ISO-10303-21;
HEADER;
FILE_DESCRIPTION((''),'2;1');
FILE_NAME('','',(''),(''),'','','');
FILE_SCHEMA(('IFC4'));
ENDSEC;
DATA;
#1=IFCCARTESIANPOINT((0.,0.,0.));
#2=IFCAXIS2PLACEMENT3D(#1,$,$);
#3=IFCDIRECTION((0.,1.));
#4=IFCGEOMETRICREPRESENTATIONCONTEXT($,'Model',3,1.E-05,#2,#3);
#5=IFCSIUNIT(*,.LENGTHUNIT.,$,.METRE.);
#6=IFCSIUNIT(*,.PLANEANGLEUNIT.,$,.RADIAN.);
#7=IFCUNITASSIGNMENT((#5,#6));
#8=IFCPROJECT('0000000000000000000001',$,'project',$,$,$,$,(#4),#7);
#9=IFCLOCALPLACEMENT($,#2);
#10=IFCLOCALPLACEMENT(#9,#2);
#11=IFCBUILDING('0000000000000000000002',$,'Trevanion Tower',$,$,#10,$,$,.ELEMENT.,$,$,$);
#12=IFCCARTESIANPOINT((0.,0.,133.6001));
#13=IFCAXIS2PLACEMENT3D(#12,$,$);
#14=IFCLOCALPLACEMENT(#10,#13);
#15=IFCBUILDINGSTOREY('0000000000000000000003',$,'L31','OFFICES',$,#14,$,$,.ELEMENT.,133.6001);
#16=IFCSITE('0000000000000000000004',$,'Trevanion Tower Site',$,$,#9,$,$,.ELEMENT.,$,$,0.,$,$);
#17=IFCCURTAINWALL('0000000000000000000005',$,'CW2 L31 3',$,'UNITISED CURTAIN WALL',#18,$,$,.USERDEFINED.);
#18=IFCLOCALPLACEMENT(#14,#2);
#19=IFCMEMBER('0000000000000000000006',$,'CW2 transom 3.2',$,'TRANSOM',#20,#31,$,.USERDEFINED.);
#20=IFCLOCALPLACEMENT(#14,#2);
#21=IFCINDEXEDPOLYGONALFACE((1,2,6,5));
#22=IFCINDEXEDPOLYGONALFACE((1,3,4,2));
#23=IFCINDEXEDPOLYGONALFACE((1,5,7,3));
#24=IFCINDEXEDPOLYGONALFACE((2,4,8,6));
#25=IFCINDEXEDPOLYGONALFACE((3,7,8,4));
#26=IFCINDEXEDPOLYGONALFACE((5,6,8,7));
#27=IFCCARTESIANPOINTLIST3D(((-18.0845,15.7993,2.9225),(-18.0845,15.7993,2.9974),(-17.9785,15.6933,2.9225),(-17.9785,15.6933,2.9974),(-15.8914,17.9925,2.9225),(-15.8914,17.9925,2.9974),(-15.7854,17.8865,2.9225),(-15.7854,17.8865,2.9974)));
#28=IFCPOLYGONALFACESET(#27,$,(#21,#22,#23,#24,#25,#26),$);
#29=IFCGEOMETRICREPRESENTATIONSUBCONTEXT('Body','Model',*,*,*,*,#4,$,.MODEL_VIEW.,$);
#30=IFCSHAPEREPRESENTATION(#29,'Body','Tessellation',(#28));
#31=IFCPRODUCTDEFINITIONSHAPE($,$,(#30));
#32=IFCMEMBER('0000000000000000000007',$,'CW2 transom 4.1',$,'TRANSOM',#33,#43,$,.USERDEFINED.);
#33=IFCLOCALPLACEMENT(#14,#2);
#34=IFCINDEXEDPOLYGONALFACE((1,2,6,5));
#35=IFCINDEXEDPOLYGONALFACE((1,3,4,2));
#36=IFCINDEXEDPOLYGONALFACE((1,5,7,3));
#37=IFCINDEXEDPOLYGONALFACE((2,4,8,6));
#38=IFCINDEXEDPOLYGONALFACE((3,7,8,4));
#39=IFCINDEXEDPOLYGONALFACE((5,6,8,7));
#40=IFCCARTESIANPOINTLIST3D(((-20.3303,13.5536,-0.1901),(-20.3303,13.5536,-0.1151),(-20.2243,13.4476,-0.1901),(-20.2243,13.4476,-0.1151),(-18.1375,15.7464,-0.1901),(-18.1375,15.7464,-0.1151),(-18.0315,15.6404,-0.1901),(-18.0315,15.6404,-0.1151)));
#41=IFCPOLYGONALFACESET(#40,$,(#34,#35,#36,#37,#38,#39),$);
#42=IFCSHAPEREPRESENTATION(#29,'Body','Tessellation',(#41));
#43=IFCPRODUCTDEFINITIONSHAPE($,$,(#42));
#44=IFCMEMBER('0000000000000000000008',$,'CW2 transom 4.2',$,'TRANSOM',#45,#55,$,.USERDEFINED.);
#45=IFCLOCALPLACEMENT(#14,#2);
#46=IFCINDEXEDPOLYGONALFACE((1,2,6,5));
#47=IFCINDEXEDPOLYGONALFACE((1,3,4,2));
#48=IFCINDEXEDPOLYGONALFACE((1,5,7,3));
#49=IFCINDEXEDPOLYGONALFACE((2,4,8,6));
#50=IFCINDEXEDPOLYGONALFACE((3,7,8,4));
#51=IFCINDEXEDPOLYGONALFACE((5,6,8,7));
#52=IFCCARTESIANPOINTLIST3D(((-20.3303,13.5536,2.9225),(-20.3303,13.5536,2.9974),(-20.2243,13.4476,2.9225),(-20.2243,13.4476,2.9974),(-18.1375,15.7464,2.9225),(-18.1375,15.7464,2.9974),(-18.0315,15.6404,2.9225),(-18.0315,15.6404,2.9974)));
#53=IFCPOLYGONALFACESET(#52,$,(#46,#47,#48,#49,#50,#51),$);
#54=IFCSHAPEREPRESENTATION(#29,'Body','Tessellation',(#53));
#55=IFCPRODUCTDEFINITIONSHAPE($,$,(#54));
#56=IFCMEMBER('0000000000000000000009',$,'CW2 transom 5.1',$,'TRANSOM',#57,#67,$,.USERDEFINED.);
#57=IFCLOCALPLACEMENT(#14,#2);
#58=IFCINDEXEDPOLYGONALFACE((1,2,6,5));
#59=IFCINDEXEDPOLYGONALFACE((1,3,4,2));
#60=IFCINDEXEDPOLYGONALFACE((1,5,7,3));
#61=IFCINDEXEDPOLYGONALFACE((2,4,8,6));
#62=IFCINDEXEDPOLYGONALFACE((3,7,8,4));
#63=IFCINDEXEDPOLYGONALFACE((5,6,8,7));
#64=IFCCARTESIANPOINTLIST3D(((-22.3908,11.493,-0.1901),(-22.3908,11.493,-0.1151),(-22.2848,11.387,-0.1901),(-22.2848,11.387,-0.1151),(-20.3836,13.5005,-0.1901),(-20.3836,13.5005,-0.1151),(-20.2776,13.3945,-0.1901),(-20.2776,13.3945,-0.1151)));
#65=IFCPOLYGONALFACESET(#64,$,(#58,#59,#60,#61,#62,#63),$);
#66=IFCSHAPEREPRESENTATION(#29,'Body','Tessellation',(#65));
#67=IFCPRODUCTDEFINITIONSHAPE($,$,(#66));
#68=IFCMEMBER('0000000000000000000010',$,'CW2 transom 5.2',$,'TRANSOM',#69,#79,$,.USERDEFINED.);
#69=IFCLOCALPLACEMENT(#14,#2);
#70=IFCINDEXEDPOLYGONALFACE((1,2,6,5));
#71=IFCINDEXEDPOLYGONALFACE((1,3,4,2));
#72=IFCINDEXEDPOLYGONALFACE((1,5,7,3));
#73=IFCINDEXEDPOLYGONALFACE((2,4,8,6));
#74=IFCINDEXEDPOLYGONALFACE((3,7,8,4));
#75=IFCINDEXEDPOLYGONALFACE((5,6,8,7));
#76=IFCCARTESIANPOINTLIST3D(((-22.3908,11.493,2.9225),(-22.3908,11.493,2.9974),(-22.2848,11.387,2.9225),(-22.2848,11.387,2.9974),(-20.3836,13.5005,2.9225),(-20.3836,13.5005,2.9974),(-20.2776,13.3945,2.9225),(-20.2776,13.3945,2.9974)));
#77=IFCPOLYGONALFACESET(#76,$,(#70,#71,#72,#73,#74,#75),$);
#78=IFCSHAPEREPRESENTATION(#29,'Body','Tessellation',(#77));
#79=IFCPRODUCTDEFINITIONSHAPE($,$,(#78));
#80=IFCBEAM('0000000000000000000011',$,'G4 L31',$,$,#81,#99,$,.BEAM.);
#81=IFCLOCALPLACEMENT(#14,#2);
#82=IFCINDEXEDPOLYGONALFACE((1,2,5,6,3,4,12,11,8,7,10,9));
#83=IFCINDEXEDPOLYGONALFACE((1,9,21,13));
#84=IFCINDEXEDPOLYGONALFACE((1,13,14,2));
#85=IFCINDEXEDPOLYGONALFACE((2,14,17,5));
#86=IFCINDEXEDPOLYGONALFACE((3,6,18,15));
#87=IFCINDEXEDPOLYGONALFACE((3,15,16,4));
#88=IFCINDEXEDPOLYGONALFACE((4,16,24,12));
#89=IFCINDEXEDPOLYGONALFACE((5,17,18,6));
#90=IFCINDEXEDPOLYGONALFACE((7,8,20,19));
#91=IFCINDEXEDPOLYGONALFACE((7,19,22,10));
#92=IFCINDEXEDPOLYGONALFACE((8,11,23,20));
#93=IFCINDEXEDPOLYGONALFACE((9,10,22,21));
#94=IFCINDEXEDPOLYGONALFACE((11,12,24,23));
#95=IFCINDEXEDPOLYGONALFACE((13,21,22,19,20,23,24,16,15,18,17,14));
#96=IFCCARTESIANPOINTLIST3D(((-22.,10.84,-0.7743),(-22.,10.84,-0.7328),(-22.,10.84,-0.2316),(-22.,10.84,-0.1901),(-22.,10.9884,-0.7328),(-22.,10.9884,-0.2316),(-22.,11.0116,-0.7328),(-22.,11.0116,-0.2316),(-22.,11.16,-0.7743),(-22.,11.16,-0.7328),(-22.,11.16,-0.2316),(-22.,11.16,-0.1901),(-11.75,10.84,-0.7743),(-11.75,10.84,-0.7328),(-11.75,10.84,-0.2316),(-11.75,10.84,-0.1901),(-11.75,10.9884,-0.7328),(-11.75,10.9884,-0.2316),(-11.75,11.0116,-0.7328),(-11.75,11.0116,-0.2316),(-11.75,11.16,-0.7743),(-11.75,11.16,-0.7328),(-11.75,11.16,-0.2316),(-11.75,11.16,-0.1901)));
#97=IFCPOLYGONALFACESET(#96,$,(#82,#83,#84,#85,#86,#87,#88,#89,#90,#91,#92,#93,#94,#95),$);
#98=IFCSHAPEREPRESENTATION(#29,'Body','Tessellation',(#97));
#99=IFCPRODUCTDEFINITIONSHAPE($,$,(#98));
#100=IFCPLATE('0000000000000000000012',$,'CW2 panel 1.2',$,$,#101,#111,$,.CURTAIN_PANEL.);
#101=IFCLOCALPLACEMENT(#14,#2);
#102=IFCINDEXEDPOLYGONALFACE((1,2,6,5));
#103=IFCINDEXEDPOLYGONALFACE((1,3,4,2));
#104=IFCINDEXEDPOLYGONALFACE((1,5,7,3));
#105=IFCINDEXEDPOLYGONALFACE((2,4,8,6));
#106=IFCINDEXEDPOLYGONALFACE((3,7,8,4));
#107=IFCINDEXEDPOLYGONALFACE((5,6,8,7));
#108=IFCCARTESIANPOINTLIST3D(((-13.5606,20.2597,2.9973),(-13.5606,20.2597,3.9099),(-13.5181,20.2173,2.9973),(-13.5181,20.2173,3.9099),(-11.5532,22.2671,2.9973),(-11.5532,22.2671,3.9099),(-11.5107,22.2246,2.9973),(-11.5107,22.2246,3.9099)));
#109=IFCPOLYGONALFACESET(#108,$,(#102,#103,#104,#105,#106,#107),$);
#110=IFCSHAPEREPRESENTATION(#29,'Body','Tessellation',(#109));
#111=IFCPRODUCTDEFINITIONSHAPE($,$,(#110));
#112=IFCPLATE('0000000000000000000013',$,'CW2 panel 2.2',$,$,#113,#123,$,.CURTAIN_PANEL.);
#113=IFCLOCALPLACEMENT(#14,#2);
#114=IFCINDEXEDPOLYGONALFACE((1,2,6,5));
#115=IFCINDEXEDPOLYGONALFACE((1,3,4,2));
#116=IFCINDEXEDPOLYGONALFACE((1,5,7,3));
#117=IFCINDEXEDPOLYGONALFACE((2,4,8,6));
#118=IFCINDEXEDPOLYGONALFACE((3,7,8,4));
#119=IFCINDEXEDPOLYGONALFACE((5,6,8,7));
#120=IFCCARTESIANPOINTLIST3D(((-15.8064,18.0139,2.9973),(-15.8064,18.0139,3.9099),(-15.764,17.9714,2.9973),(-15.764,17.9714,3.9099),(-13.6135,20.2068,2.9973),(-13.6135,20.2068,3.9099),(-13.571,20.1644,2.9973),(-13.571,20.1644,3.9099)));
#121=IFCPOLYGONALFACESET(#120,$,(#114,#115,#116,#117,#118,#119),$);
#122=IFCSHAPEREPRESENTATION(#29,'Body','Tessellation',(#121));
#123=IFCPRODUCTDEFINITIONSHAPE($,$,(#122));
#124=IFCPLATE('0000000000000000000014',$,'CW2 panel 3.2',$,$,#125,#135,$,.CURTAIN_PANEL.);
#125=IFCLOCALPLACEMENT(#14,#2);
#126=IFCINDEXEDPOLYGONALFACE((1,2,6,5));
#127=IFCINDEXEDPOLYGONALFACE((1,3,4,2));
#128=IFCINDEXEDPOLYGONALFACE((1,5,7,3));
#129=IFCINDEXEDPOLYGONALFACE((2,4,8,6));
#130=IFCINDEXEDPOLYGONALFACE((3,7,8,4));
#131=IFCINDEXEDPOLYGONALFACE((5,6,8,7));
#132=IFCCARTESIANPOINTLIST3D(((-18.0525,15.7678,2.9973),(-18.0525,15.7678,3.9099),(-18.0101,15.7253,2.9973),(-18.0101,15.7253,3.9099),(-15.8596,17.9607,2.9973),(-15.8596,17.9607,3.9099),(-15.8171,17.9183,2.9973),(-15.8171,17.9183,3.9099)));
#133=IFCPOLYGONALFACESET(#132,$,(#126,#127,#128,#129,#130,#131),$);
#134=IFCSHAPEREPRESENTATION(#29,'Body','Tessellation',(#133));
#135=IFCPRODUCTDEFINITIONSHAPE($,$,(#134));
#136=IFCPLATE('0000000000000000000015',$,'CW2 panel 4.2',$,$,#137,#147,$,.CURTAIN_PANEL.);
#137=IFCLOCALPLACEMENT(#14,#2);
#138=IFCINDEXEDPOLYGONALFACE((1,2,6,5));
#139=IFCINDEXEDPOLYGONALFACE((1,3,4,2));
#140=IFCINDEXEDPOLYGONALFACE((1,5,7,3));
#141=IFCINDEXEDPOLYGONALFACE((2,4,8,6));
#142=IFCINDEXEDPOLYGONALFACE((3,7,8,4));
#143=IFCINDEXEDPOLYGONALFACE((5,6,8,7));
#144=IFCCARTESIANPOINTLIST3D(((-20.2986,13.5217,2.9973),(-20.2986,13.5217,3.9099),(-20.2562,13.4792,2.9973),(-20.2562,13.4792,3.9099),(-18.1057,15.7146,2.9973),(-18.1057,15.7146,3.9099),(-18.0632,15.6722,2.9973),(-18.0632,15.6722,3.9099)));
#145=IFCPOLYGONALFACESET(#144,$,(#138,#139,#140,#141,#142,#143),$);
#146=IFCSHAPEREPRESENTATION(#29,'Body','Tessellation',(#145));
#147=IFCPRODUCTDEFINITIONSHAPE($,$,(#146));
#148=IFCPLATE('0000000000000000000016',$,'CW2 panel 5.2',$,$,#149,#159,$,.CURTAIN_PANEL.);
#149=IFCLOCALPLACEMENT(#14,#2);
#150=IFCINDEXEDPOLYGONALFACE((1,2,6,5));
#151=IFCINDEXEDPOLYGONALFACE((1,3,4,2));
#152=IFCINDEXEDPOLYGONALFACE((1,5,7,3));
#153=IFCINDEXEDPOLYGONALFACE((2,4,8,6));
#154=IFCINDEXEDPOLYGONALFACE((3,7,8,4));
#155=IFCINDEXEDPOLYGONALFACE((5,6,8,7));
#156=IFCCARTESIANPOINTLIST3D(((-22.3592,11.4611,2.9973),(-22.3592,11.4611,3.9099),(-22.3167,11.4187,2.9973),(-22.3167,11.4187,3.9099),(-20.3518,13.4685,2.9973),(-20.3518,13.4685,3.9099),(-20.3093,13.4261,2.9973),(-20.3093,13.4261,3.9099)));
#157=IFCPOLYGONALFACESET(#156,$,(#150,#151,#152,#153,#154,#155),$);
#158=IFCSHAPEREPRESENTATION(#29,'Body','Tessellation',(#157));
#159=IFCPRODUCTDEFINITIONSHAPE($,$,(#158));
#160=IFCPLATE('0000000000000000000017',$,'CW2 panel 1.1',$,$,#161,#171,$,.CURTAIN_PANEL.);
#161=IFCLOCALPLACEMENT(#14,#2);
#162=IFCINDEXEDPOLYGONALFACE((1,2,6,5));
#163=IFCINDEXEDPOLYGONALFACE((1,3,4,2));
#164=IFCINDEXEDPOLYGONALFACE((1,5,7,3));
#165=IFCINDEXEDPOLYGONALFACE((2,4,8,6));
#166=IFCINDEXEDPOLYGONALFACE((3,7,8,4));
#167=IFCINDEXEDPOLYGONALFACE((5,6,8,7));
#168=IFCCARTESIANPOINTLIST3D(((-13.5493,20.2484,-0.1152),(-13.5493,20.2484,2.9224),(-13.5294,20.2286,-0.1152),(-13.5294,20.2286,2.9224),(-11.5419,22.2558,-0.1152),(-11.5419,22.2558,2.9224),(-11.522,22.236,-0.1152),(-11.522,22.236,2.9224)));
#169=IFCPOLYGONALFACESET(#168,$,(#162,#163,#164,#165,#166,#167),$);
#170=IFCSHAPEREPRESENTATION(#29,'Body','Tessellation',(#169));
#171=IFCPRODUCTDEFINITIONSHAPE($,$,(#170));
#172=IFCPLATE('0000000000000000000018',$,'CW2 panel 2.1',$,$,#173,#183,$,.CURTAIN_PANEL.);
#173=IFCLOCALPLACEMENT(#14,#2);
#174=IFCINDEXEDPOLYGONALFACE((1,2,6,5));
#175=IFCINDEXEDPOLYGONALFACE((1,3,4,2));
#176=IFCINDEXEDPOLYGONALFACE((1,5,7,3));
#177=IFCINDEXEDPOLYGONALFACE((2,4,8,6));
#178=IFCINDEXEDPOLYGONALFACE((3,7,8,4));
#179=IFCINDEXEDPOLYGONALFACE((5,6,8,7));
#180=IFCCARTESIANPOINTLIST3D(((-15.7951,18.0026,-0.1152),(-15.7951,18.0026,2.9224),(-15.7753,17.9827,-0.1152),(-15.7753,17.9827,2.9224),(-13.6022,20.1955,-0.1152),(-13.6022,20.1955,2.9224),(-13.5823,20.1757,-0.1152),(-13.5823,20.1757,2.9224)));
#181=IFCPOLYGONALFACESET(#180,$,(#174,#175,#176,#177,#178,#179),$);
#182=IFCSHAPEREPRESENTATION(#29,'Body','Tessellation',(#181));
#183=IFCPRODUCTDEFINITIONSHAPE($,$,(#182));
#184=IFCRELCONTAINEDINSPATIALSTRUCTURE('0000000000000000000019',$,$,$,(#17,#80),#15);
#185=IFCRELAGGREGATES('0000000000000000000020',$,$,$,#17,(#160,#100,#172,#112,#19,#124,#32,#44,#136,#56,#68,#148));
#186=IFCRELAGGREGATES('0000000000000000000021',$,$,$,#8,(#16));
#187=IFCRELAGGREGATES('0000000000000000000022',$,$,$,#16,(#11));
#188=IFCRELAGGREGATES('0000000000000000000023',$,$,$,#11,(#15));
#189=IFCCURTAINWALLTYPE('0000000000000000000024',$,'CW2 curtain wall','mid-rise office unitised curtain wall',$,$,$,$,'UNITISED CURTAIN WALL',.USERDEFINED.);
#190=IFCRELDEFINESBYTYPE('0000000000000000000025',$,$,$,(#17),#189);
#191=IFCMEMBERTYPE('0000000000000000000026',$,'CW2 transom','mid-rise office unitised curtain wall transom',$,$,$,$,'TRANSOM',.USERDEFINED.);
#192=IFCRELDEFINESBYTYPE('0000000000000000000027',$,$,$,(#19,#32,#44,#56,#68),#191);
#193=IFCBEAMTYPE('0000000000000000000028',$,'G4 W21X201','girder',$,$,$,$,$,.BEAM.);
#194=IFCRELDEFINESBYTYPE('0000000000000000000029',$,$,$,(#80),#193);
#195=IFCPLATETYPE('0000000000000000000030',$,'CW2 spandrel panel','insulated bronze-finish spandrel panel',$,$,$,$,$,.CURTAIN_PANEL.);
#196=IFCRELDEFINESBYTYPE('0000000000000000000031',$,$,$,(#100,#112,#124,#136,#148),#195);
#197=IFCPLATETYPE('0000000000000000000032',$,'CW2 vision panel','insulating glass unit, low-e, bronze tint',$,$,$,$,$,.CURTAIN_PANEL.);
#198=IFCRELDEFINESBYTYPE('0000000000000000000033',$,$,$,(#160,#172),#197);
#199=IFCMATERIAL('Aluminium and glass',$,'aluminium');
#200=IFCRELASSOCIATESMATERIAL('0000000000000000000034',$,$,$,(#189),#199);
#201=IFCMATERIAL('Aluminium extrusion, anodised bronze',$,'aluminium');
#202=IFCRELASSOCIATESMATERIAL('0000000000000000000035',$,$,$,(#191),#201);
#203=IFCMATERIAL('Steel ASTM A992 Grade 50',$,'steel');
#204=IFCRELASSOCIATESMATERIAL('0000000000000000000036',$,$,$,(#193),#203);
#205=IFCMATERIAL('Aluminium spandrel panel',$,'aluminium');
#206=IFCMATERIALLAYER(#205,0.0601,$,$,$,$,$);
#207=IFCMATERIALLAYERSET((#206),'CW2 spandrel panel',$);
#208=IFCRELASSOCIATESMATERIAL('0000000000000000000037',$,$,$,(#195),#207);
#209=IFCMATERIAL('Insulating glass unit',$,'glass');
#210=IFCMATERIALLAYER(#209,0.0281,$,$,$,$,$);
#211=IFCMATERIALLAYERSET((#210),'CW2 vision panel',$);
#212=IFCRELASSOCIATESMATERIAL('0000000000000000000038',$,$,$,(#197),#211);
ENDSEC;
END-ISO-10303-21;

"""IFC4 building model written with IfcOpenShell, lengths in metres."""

from ifc_helpers import new_model, si_unit, direction, frame, origin, origin_2d, place, context, subcontext, project, spatial, rectangle, i_section, extrude, material, layer, layer_set, material_profile, profile_set, type_object, element, aggregate, save


model = new_model("IFC4")

# Units and contexts
model_context = context("Model", 3, precision=1e-05, world=origin(), true_north=direction((0.0, 1.0)))
body_context = subcontext(model_context, "Body", "Model", "MODEL_VIEW")
ifc_project = project(units=[si_unit("LENGTHUNIT", "METRE"), si_unit("PLANEANGLEUNIT", "RADIAN")], contexts=[model_context])

# Site, building, storey
site_placement = place(None, origin())
site = spatial("IfcSite", under=ifc_project, at=site_placement, Name="Trevanion Tower Site", CompositionType="ELEMENT", RefElevation=0.0)
building_placement = place(site_placement, origin())
building = spatial("IfcBuilding", under=site, at=building_placement, Name="Trevanion Tower", CompositionType="ELEMENT")
storey_placement = place(building_placement, frame((0.0, 0.0, 133.6001)))
storey = spatial("IfcBuildingStorey", under=building, at=storey_placement, Name="L31", Description="OFFICES", CompositionType="ELEMENT", Elevation=133.6001)

# Curtain wall
ifc_material_1 = material(Name="Aluminium and glass", Category="aluminium")
curtain_wall_type = type_object("IfcCurtainWallType", Name="CW2 curtain wall", Description="mid-rise office unitised curtain wall", ElementType="UNITISED CURTAIN WALL", PredefinedType="USERDEFINED", material=ifc_material_1)
curtain_wall_1_placement = place(storey_placement, origin())
curtain_wall_1 = element("IfcCurtainWall", 1, at=curtain_wall_1_placement, inside=storey, type_object=curtain_wall_type, Name="CW2 L31 3", ObjectType="UNITISED CURTAIN WALL", PredefinedType="USERDEFINED")

# Members
ifc_material_2 = material(Name="Aluminium extrusion, anodised bronze", Category="aluminium")
ifc_material_profile_1 = material_profile(ifc_material_2, rectangle(XDim=0.1499, YDim=0.075, at=origin_2d()), Name="CW2 transom")
ifc_profile_set_1 = profile_set([ifc_material_profile_1], Name="Aluminium extrusion, anodised bronze")
member_type_1 = type_object("IfcMemberType", Name="CW2 transom", Description="mid-rise office unitised curtain wall transom", ElementType="TRANSOM", PredefinedType="USERDEFINED", material=ifc_profile_set_1)
member_1_placement = place(storey_placement, frame((-15.8384, 17.9395, 2.96), z_axis=(-0.707107, -0.707107, 0.0), x_axis=(0.707107, -0.707107, 0.0)))
member_1 = element("IfcMember", 2, at=member_1_placement, type_object=member_type_1, Name="CW2 transom 3.2", ObjectType="TRANSOM", PredefinedType="USERDEFINED", context=body_context, shape_type="SweptSolid", body=[
    extrude(rectangle(XDim=0.1499, YDim=0.075, at=origin_2d()), origin(), (0.0, 0.0, 1.0), 3.1016),
])
member_2_placement = place(storey_placement, frame((-18.0845, 15.6934, -0.1526), z_axis=(-0.707107, -0.707107, 0.0), x_axis=(0.707107, -0.707107, 0.0)))
member_2 = element("IfcMember", 3, at=member_2_placement, type_object=member_type_1, Name="CW2 transom 4.1", ObjectType="TRANSOM", PredefinedType="USERDEFINED", context=body_context, shape_type="SweptSolid", body=[
    extrude(rectangle(XDim=0.1499, YDim=0.075, at=origin_2d()), origin(), (0.0, 0.0, 1.0), 3.1011),
])
member_3_placement = place(storey_placement, frame((-18.0845, 15.6934, 2.96), z_axis=(-0.707107, -0.707107, 0.0), x_axis=(0.707107, -0.707107, 0.0)))
member_3 = element("IfcMember", 4, at=member_3_placement, type_object=member_type_1, Name="CW2 transom 4.2", ObjectType="TRANSOM", PredefinedType="USERDEFINED", context=body_context, shape_type="SweptSolid", body=[
    extrude(rectangle(XDim=0.1499, YDim=0.075, at=origin_2d()), origin(), (0.0, 0.0, 1.0), 3.1011),
])
member_4_placement = place(storey_placement, frame((-20.3306, 13.4475, -0.1526), z_axis=(-0.707064, -0.70715, 0.0), x_axis=(0.70715, -0.707064, 0.0)))
member_4 = element("IfcMember", 5, at=member_4_placement, type_object=member_type_1, Name="CW2 transom 5.1", ObjectType="TRANSOM", PredefinedType="USERDEFINED", context=body_context, shape_type="SweptSolid", body=[
    extrude(rectangle(XDim=0.1499, YDim=0.075, at=origin_2d()), origin(), (0.0, 0.0, 1.0), 2.8389),
])
member_5_placement = place(storey_placement, frame((-20.3306, 13.4475, 2.96), z_axis=(-0.707064, -0.70715, 0.0), x_axis=(0.70715, -0.707064, 0.0)))
member_5 = element("IfcMember", 6, at=member_5_placement, type_object=member_type_1, Name="CW2 transom 5.2", ObjectType="TRANSOM", PredefinedType="USERDEFINED", context=body_context, shape_type="SweptSolid", body=[
    extrude(rectangle(XDim=0.1499, YDim=0.075, at=origin_2d()), origin(), (0.0, 0.0, 1.0), 2.8389),
])

# Beam
ifc_material_3 = material(Name="Steel ASTM A992 Grade 50", Category="steel")
ifc_material_profile_2 = material_profile(ifc_material_3, i_section(OverallWidth=0.3201, OverallDepth=0.5842, WebThickness=0.0232, FlangeThickness=0.0415, at=origin_2d()), Name="W21X201")
ifc_profile_set_2 = profile_set([ifc_material_profile_2], Name="Steel ASTM A992 Grade 50")
beam_type_1 = type_object("IfcBeamType", Name="G4 W21X201", Description="girder", PredefinedType="BEAM", material=ifc_profile_set_2)
beam_1_placement = place(storey_placement, frame((-11.75, 11.0, -0.4822), z_axis=(-1.0, 0.0, 0.0), x_axis=(0.0, -1.0, 0.0)))
element("IfcBeam", 7, at=beam_1_placement, inside=storey, type_object=beam_type_1, Name="G4 L31", PredefinedType="BEAM", context=body_context, shape_type="SweptSolid", body=[
    extrude(i_section(OverallWidth=0.3201, OverallDepth=0.5842, WebThickness=0.0232, FlangeThickness=0.0415, at=origin_2d()), origin(), (0.0, 0.0, 1.0), 10.25),
])

# Plates
ifc_material_4 = material(Name="Aluminium spandrel panel", Category="aluminium")
ifc_layer_1 = layer(ifc_material_4, 0.0601)
ifc_layer_set_1 = layer_set([ifc_layer_1], Name="CW2 spandrel panel")
plate_type_1 = type_object("IfcPlateType", Name="CW2 spandrel panel", Description="insulated bronze-finish spandrel panel", PredefinedType="CURTAIN_PANEL", material=ifc_layer_set_1)
plate_1_placement = place(storey_placement, frame((-12.5356, 21.2422, 2.9973), z_axis=(0.0, 0.0, 1.0), x_axis=(-0.707107, -0.707107, 0.0)))
plate_1 = element("IfcPlate", 8, at=plate_1_placement, type_object=plate_type_1, Name="CW2 panel 1.2", PredefinedType="CURTAIN_PANEL", context=body_context, shape_type="SweptSolid", body=[
    extrude(rectangle(XDim=2.8389, YDim=0.0601, at=origin_2d()), origin(), (0.0, 0.0, 1.0), 0.9126),
])
plate_2_placement = place(storey_placement, frame((-14.6887, 19.0891, 2.9973), z_axis=(0.0, 0.0, 1.0), x_axis=(-0.707107, -0.707107, 0.0)))
plate_2 = element("IfcPlate", 9, at=plate_2_placement, type_object=plate_type_1, Name="CW2 panel 2.2", PredefinedType="CURTAIN_PANEL", context=body_context, shape_type="SweptSolid", body=[
    extrude(rectangle(XDim=3.1013, YDim=0.0601, at=origin_2d()), origin(), (0.0, 0.0, 1.0), 0.9126),
])
plate_3_placement = place(storey_placement, frame((-16.9348, 16.843, 2.9973), z_axis=(0.0, 0.0, 1.0), x_axis=(-0.707107, -0.707107, 0.0)))
plate_3 = element("IfcPlate", 10, at=plate_3_placement, type_object=plate_type_1, Name="CW2 panel 3.2", PredefinedType="CURTAIN_PANEL", context=body_context, shape_type="SweptSolid", body=[
    extrude(rectangle(XDim=3.1013, YDim=0.0601, at=origin_2d()), origin(), (0.0, 0.0, 1.0), 0.9126),
])
plate_4_placement = place(storey_placement, frame((-19.1809, 14.5969, 2.9973), z_axis=(0.0, 0.0, 1.0), x_axis=(-0.707107, -0.707107, 0.0)))
plate_4 = element("IfcPlate", 11, at=plate_4_placement, type_object=plate_type_1, Name="CW2 panel 4.2", PredefinedType="CURTAIN_PANEL", context=body_context, shape_type="SweptSolid", body=[
    extrude(rectangle(XDim=3.1013, YDim=0.0601, at=origin_2d()), origin(), (0.0, 0.0, 1.0), 0.9126),
])
plate_5_placement = place(storey_placement, frame((-21.3342, 12.4436, 2.9973), z_axis=(0.0, 0.0, 1.0), x_axis=(-0.707107, -0.707107, 0.0)))
plate_5 = element("IfcPlate", 12, at=plate_5_placement, type_object=plate_type_1, Name="CW2 panel 5.2", PredefinedType="CURTAIN_PANEL", context=body_context, shape_type="SweptSolid", body=[
    extrude(rectangle(XDim=2.8389, YDim=0.0601, at=origin_2d()), origin(), (0.0, 0.0, 1.0), 0.9126),
])
ifc_material_5 = material(Name="Insulating glass unit", Category="glass")
ifc_layer_2 = layer(ifc_material_5, 0.0281)
ifc_layer_set_2 = layer_set([ifc_layer_2], Name="CW2 vision panel")
plate_type_2 = type_object("IfcPlateType", Name="CW2 vision panel", Description="insulating glass unit, low-e, bronze tint", PredefinedType="CURTAIN_PANEL", material=ifc_layer_set_2)
plate_6_placement = place(storey_placement, frame((-12.5356, 21.2422, -0.1152), z_axis=(0.0, 0.0, 1.0), x_axis=(-0.707107, -0.707107, 0.0)))
plate_6 = element("IfcPlate", 13, at=plate_6_placement, type_object=plate_type_2, Name="CW2 panel 1.1", PredefinedType="CURTAIN_PANEL", context=body_context, shape_type="SweptSolid", body=[
    extrude(rectangle(XDim=2.8389, YDim=0.0281, at=origin_2d()), origin(), (0.0, 0.0, 1.0), 3.0376),
])
plate_7_placement = place(storey_placement, frame((-14.6887, 19.0891, -0.1152), z_axis=(0.0, 0.0, 1.0), x_axis=(-0.707107, -0.707107, 0.0)))
plate_7 = element("IfcPlate", 14, at=plate_7_placement, type_object=plate_type_2, Name="CW2 panel 2.1", PredefinedType="CURTAIN_PANEL", context=body_context, shape_type="SweptSolid", body=[
    extrude(rectangle(XDim=3.1013, YDim=0.0281, at=origin_2d()), origin(), (0.0, 0.0, 1.0), 3.0376),
])
aggregate(curtain_wall_1, [plate_6, plate_1, plate_7, plate_2, member_1, plate_3, member_2, member_3, plate_4, member_4, member_5, plate_5])

save(model, "model.ifc")
